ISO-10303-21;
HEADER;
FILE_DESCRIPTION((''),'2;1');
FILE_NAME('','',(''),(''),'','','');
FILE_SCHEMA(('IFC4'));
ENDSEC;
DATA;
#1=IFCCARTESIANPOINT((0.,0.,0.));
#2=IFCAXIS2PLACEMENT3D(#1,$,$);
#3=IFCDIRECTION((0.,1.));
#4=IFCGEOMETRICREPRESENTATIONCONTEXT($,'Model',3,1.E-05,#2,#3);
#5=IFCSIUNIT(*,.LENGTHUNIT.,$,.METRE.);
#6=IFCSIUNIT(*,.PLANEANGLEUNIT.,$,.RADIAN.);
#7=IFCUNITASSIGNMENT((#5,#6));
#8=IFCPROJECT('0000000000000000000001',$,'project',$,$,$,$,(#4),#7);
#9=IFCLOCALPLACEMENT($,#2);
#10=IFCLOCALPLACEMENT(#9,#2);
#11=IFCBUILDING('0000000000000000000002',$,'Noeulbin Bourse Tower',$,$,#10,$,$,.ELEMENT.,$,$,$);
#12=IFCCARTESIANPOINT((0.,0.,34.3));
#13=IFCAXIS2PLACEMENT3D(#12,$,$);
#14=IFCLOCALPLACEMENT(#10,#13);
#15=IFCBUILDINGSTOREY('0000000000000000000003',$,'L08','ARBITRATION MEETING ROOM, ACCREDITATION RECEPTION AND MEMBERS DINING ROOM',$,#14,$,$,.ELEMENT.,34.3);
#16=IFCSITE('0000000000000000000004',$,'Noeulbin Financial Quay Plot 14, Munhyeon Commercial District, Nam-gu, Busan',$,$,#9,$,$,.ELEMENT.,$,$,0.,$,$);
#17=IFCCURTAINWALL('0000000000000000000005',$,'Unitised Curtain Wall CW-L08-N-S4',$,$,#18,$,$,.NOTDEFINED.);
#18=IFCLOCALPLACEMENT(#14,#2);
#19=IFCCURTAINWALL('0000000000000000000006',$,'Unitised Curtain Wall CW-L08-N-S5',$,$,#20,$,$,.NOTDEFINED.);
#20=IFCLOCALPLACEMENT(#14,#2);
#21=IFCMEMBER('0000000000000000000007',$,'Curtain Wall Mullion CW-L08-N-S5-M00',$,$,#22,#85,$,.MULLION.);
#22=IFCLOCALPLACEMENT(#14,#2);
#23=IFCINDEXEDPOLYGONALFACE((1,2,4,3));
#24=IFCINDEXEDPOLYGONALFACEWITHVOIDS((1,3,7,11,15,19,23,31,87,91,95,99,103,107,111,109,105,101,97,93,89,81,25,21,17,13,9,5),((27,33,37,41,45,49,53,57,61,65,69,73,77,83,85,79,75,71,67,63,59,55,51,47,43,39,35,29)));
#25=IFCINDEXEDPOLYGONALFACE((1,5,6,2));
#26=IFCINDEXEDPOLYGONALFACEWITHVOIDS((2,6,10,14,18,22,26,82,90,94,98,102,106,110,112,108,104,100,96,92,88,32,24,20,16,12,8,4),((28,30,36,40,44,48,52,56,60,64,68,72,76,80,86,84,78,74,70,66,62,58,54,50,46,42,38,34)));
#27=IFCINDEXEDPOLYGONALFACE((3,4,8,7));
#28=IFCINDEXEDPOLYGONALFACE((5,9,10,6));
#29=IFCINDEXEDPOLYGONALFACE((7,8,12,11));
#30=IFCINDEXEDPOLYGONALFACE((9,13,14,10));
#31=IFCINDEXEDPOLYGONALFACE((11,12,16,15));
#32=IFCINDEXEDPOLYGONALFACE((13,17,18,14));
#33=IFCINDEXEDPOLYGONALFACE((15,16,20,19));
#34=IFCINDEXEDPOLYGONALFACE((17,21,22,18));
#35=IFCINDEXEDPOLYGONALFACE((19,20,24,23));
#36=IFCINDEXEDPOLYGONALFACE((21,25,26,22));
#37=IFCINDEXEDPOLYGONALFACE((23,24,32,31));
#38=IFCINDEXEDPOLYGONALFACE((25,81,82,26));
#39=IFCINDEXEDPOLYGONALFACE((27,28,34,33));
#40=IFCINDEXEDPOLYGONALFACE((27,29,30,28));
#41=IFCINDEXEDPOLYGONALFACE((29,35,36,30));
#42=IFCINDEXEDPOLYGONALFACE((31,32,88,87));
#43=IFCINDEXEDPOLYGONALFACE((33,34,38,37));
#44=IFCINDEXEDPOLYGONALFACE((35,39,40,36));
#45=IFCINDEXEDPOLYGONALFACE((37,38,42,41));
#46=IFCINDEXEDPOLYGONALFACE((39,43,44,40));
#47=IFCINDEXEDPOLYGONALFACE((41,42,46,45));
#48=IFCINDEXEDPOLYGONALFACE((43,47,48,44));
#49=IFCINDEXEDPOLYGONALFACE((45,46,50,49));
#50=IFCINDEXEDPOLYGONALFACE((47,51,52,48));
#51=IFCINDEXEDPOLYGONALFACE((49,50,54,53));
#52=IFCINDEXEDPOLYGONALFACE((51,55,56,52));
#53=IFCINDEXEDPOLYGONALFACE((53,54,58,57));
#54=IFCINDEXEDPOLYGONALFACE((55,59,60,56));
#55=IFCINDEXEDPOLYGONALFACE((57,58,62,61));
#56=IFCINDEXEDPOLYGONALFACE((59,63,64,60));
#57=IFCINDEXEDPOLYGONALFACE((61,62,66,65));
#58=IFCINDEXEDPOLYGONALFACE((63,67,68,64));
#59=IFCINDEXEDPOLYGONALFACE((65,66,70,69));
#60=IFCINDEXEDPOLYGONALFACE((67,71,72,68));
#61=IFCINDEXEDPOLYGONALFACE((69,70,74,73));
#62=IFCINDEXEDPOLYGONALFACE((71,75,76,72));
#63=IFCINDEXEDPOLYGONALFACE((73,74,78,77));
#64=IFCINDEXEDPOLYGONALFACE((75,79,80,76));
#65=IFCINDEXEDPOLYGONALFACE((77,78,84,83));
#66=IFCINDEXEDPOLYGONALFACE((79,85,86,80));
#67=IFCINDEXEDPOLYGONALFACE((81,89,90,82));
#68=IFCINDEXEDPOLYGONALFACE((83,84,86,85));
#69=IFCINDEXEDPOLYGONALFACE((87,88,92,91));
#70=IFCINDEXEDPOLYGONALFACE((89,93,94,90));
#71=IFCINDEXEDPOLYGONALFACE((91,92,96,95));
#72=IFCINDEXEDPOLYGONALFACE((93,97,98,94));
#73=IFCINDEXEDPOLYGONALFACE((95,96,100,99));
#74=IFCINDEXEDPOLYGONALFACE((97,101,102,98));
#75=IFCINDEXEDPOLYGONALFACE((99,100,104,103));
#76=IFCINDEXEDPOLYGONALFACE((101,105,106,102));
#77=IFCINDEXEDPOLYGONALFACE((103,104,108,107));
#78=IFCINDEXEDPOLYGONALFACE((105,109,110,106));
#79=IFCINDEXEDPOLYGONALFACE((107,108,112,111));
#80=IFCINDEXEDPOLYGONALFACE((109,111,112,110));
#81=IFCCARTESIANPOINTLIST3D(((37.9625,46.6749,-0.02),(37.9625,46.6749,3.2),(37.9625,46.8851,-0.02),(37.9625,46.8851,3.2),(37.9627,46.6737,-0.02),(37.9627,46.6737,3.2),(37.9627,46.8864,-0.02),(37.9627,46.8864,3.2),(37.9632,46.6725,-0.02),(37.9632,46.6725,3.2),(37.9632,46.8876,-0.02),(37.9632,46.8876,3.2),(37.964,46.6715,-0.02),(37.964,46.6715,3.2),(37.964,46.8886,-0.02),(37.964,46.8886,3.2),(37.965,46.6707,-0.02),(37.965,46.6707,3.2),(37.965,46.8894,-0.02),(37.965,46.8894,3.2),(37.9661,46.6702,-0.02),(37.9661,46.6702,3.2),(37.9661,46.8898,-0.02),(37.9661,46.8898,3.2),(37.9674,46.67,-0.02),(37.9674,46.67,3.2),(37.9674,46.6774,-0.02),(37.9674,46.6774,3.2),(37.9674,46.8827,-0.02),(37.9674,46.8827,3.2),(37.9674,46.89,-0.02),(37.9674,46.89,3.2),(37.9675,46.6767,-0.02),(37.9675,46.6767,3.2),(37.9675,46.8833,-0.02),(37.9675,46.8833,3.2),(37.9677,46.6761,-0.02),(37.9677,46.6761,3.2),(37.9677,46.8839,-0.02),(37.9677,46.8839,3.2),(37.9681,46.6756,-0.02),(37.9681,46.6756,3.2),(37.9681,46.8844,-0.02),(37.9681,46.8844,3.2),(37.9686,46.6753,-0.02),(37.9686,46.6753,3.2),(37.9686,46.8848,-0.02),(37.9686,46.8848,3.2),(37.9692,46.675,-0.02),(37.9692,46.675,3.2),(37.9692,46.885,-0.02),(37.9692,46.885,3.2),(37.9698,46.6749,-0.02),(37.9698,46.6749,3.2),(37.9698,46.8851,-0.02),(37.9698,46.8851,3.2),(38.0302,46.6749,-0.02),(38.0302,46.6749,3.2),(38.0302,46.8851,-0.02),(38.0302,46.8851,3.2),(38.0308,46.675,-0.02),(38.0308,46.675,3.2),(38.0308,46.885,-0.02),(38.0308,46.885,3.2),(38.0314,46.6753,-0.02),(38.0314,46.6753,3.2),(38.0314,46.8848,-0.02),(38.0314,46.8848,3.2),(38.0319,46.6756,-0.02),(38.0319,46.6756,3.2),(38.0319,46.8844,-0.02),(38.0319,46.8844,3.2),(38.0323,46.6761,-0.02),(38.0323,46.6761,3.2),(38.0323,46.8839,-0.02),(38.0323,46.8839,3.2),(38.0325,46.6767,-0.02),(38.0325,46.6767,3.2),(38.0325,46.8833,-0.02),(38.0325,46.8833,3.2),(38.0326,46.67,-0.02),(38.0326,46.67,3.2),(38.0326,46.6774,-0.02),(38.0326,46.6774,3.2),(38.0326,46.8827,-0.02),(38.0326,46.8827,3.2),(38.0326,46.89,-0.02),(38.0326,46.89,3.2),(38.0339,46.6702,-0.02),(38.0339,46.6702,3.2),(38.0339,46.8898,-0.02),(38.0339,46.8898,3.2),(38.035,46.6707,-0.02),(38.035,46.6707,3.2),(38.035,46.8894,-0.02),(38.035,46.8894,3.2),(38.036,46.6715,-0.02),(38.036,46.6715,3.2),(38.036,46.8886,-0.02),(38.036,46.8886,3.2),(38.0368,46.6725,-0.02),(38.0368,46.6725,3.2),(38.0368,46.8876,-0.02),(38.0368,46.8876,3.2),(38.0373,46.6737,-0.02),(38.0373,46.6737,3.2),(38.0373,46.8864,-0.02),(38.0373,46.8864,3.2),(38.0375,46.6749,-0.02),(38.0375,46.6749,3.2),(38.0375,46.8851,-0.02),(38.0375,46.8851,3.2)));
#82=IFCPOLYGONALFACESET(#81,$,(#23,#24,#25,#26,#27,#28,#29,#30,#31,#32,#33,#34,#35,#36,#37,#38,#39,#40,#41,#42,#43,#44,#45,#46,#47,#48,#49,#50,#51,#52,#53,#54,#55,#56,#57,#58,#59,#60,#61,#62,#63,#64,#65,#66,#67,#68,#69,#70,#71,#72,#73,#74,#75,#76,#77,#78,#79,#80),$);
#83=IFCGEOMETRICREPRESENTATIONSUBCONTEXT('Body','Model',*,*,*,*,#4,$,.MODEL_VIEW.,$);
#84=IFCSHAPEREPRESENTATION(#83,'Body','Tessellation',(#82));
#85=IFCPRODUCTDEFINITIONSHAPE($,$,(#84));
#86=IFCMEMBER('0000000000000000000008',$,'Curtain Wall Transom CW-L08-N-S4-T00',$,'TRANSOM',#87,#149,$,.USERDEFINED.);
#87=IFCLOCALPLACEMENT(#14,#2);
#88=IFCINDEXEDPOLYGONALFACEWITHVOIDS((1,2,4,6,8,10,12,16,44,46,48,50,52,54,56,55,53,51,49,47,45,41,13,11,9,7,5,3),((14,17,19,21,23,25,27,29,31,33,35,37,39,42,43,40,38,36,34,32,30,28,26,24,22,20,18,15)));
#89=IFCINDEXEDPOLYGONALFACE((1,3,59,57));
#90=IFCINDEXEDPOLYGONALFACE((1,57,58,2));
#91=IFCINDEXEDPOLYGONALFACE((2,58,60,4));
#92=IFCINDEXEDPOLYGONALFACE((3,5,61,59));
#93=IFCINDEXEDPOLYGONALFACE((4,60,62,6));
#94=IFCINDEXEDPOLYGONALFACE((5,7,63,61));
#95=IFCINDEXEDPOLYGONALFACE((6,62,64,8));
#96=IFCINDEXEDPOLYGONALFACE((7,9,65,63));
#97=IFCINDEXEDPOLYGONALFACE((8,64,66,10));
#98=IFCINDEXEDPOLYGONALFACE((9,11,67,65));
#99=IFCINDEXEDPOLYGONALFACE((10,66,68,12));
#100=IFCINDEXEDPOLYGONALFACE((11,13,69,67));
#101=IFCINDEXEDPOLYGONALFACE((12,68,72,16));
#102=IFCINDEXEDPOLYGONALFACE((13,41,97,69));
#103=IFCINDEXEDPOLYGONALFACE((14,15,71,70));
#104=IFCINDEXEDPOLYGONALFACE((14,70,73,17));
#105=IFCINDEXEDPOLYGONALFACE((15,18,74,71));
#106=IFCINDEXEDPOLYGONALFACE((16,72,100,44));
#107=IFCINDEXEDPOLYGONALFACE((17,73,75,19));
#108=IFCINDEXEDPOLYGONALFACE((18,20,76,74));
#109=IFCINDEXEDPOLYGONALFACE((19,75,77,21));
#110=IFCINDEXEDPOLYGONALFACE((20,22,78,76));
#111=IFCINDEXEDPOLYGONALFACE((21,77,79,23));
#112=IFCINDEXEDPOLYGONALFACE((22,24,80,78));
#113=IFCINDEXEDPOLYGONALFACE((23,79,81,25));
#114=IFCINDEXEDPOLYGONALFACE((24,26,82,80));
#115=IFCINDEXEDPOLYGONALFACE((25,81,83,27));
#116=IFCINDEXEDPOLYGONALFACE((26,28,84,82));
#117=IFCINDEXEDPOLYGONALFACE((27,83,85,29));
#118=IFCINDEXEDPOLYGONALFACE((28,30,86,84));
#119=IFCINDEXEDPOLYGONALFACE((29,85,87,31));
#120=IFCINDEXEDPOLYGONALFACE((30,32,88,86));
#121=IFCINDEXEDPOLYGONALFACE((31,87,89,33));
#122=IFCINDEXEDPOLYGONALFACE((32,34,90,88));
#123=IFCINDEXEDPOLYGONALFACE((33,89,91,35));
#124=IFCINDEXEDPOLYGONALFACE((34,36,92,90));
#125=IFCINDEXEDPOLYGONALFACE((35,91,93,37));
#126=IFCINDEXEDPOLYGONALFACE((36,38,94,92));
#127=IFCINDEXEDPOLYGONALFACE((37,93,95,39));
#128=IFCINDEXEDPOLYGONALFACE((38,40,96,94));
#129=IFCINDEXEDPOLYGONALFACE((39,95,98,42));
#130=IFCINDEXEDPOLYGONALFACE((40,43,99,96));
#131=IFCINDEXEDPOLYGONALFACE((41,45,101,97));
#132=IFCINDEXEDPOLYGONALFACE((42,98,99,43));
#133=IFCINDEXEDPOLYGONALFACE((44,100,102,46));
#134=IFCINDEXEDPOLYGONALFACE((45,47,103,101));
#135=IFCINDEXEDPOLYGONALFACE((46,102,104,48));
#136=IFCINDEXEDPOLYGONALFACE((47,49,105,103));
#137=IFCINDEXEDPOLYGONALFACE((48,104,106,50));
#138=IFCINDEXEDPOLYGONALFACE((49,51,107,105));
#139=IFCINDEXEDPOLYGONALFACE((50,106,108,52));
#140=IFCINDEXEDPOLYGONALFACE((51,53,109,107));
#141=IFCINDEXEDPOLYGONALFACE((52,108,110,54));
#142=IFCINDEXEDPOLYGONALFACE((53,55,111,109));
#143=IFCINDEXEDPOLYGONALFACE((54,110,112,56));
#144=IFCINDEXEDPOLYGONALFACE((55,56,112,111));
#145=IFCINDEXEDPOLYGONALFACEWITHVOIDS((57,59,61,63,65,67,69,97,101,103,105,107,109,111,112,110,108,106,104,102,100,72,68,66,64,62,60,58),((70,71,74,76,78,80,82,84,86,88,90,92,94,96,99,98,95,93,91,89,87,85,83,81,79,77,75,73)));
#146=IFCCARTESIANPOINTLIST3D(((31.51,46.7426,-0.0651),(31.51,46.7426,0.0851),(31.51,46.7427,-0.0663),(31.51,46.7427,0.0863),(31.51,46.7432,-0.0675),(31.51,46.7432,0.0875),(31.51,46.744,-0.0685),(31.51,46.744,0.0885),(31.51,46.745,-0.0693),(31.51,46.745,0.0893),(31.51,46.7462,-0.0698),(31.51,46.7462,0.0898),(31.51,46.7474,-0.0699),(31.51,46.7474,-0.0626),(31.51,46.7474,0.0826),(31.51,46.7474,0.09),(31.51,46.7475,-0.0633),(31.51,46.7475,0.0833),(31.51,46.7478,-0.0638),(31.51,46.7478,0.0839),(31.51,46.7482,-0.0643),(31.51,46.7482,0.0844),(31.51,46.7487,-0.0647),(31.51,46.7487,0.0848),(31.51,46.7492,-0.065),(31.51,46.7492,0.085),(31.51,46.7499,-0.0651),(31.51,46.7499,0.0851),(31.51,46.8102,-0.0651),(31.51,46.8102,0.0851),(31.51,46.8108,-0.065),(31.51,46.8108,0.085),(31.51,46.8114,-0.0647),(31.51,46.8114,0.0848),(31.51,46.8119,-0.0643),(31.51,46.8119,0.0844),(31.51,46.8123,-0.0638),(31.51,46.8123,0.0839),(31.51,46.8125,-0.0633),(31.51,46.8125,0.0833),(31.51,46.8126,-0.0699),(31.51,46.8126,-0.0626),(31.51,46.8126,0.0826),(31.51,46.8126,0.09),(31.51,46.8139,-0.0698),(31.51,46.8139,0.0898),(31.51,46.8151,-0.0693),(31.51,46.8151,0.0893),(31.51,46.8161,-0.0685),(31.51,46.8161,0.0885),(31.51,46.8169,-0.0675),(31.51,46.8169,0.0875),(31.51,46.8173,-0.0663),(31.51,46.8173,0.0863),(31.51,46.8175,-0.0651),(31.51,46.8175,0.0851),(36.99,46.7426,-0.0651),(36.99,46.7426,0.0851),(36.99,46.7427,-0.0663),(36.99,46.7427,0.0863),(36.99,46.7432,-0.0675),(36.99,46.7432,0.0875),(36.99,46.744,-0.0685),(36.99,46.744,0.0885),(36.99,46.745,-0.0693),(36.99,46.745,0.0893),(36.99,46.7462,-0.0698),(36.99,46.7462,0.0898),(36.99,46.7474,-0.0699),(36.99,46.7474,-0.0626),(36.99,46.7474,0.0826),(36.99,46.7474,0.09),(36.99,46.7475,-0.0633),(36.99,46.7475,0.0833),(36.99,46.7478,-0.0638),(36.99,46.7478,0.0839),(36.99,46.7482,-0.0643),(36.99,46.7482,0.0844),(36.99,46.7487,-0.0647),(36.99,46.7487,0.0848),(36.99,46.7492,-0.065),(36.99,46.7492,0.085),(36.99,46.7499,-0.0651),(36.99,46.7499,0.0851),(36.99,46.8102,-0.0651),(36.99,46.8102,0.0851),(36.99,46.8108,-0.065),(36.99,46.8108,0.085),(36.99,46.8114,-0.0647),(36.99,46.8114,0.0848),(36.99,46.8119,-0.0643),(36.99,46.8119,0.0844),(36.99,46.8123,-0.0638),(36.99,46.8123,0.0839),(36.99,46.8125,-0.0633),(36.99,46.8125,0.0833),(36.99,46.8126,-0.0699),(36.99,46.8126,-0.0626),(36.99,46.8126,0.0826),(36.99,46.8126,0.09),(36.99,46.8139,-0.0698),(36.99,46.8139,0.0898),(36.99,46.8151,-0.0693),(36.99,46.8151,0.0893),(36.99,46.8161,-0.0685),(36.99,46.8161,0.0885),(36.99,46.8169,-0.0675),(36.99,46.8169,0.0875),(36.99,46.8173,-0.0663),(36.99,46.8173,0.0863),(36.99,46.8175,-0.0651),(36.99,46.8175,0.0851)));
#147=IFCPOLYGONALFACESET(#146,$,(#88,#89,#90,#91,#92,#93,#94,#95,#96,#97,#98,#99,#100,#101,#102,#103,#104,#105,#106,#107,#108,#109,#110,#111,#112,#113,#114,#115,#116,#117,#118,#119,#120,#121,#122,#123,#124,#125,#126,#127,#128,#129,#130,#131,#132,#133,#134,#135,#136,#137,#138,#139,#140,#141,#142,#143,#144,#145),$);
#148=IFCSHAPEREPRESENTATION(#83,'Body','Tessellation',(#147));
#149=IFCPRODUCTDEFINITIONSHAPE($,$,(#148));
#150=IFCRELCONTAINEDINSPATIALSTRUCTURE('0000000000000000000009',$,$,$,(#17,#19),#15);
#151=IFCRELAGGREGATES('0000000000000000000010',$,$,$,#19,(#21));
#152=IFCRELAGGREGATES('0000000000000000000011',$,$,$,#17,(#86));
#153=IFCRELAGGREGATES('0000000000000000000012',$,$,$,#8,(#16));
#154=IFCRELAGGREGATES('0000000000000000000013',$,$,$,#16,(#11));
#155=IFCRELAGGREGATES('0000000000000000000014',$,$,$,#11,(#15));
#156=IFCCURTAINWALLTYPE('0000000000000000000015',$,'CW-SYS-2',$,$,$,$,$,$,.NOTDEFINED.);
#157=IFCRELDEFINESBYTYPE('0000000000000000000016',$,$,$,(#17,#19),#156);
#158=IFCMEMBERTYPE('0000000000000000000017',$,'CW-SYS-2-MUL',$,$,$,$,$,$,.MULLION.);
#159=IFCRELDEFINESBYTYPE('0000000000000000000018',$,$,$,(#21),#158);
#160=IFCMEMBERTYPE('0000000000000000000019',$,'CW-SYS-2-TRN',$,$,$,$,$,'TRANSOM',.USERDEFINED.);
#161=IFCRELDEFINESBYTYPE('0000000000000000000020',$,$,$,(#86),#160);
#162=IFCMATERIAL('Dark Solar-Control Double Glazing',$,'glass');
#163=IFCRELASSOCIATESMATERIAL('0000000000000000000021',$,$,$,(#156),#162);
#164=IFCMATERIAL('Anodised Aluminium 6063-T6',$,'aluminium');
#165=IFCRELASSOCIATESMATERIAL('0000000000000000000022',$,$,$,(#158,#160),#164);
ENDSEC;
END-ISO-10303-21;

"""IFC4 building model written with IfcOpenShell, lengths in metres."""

from ifc_helpers import new_model, si_unit, direction, frame, origin, origin_2d, place, context, subcontext, project, spatial, hollow_rectangle, extrude, material, material_profile, profile_set, type_object, element, aggregate, save


model = new_model("IFC4")

# Units and contexts
model_context = context("Model", 3, precision=1e-05, world=origin(), true_north=direction((0.0, 1.0)))
body_context = subcontext(model_context, "Body", "Model", "MODEL_VIEW")
ifc_project = project(units=[si_unit("LENGTHUNIT", "METRE"), si_unit("PLANEANGLEUNIT", "RADIAN")], contexts=[model_context])

# Site, building, storey
site_placement = place(None, origin())
site = spatial("IfcSite", under=ifc_project, at=site_placement, Name="Noeulbin Financial Quay Plot 14, Munhyeon Commercial District, Nam-gu, Busan", CompositionType="ELEMENT", RefElevation=0.0)
building_placement = place(site_placement, origin())
building = spatial("IfcBuilding", under=site, at=building_placement, Name="Noeulbin Bourse Tower", CompositionType="ELEMENT")
storey_placement = place(building_placement, frame((0.0, 0.0, 34.3)))
storey = spatial("IfcBuildingStorey", under=building, at=storey_placement, Name="L08", Description="ARBITRATION MEETING ROOM, ACCREDITATION RECEPTION AND MEMBERS DINING ROOM", CompositionType="ELEMENT", Elevation=34.3)

# Shared definitions
ifc_material_1 = material(Name="Dark Solar-Control Double Glazing", Category="glass")
curtain_wall_type = type_object("IfcCurtainWallType", Name="CW-SYS-2", PredefinedType="NOTDEFINED", material=ifc_material_1)
ifc_material_2 = material(Name="Anodised Aluminium 6063-T6", Category="aluminium")
ifc_material_profile_1 = material_profile(ifc_material_2, hollow_rectangle(XDim=0.075, YDim=0.22, WallThickness=0.0049, InnerFilletRadius=0.0024, OuterFilletRadius=0.0049, at=origin_2d()), Name="ALU-MULL-75x220x5", Category="LoadBearing")
ifc_profile_set_1 = profile_set([ifc_material_profile_1], Name="Anodised Aluminium 6063-T6")
member_type_1 = type_object("IfcMemberType", Name="CW-SYS-2-MUL", PredefinedType="MULLION", material=ifc_profile_set_1)

# Curtain wall
curtain_wall_1_placement = place(storey_placement, origin())
curtain_wall_1 = element("IfcCurtainWall", 1, at=curtain_wall_1_placement, inside=storey, type_object=curtain_wall_type, Name="Unitised Curtain Wall CW-L08-N-S4", PredefinedType="NOTDEFINED")

# Curtain wall, member
curtain_wall_2_placement = place(storey_placement, origin())
curtain_wall_2 = element("IfcCurtainWall", 2, at=curtain_wall_2_placement, inside=storey, type_object=curtain_wall_type, Name="Unitised Curtain Wall CW-L08-N-S5", PredefinedType="NOTDEFINED")
member_1_placement = place(storey_placement, frame((38.0, 46.78, -0.02), z_axis=(0.0, 0.0, 1.0), x_axis=(1.0, 0.0, 0.0)))
member_1 = element("IfcMember", 3, at=member_1_placement, type_object=member_type_1, Name="Curtain Wall Mullion CW-L08-N-S5-M00", PredefinedType="MULLION", context=body_context, shape_type="SweptSolid", body=[
    extrude(hollow_rectangle(XDim=0.075, YDim=0.22, WallThickness=0.0049, InnerFilletRadius=0.0024, OuterFilletRadius=0.0049, at=origin_2d()), origin(), (0.0, 0.0, 1.0), 3.22),
])

# Member
ifc_material_profile_2 = material_profile(ifc_material_2, hollow_rectangle(XDim=0.075, YDim=0.1599, WallThickness=0.0049, InnerFilletRadius=0.0024, OuterFilletRadius=0.0049, at=origin_2d()), Name="ALU-TRAN-75x160x5", Category="LoadBearing")
ifc_profile_set_2 = profile_set([ifc_material_profile_2], Name="Anodised Aluminium 6063-T6")
member_type_2 = type_object("IfcMemberType", Name="CW-SYS-2-TRN", ElementType="TRANSOM", PredefinedType="USERDEFINED", material=ifc_profile_set_2)
member_2_placement = place(storey_placement, frame((31.51, 46.78, 0.01), z_axis=(1.0, 0.0, 0.0), x_axis=(0.0, 1.0, 0.0)))
member_2 = element("IfcMember", 4, at=member_2_placement, type_object=member_type_2, Name="Curtain Wall Transom CW-L08-N-S4-T00", ObjectType="TRANSOM", PredefinedType="USERDEFINED", context=body_context, shape_type="SweptSolid", body=[
    extrude(hollow_rectangle(XDim=0.075, YDim=0.1599, WallThickness=0.0049, InnerFilletRadius=0.0024, OuterFilletRadius=0.0049, at=origin_2d()), origin(), (0.0, 0.0, 1.0), 5.48),
])
aggregate(curtain_wall_2, [member_1])

aggregate(curtain_wall_1, [member_2])

save(model, "model.ifc")
